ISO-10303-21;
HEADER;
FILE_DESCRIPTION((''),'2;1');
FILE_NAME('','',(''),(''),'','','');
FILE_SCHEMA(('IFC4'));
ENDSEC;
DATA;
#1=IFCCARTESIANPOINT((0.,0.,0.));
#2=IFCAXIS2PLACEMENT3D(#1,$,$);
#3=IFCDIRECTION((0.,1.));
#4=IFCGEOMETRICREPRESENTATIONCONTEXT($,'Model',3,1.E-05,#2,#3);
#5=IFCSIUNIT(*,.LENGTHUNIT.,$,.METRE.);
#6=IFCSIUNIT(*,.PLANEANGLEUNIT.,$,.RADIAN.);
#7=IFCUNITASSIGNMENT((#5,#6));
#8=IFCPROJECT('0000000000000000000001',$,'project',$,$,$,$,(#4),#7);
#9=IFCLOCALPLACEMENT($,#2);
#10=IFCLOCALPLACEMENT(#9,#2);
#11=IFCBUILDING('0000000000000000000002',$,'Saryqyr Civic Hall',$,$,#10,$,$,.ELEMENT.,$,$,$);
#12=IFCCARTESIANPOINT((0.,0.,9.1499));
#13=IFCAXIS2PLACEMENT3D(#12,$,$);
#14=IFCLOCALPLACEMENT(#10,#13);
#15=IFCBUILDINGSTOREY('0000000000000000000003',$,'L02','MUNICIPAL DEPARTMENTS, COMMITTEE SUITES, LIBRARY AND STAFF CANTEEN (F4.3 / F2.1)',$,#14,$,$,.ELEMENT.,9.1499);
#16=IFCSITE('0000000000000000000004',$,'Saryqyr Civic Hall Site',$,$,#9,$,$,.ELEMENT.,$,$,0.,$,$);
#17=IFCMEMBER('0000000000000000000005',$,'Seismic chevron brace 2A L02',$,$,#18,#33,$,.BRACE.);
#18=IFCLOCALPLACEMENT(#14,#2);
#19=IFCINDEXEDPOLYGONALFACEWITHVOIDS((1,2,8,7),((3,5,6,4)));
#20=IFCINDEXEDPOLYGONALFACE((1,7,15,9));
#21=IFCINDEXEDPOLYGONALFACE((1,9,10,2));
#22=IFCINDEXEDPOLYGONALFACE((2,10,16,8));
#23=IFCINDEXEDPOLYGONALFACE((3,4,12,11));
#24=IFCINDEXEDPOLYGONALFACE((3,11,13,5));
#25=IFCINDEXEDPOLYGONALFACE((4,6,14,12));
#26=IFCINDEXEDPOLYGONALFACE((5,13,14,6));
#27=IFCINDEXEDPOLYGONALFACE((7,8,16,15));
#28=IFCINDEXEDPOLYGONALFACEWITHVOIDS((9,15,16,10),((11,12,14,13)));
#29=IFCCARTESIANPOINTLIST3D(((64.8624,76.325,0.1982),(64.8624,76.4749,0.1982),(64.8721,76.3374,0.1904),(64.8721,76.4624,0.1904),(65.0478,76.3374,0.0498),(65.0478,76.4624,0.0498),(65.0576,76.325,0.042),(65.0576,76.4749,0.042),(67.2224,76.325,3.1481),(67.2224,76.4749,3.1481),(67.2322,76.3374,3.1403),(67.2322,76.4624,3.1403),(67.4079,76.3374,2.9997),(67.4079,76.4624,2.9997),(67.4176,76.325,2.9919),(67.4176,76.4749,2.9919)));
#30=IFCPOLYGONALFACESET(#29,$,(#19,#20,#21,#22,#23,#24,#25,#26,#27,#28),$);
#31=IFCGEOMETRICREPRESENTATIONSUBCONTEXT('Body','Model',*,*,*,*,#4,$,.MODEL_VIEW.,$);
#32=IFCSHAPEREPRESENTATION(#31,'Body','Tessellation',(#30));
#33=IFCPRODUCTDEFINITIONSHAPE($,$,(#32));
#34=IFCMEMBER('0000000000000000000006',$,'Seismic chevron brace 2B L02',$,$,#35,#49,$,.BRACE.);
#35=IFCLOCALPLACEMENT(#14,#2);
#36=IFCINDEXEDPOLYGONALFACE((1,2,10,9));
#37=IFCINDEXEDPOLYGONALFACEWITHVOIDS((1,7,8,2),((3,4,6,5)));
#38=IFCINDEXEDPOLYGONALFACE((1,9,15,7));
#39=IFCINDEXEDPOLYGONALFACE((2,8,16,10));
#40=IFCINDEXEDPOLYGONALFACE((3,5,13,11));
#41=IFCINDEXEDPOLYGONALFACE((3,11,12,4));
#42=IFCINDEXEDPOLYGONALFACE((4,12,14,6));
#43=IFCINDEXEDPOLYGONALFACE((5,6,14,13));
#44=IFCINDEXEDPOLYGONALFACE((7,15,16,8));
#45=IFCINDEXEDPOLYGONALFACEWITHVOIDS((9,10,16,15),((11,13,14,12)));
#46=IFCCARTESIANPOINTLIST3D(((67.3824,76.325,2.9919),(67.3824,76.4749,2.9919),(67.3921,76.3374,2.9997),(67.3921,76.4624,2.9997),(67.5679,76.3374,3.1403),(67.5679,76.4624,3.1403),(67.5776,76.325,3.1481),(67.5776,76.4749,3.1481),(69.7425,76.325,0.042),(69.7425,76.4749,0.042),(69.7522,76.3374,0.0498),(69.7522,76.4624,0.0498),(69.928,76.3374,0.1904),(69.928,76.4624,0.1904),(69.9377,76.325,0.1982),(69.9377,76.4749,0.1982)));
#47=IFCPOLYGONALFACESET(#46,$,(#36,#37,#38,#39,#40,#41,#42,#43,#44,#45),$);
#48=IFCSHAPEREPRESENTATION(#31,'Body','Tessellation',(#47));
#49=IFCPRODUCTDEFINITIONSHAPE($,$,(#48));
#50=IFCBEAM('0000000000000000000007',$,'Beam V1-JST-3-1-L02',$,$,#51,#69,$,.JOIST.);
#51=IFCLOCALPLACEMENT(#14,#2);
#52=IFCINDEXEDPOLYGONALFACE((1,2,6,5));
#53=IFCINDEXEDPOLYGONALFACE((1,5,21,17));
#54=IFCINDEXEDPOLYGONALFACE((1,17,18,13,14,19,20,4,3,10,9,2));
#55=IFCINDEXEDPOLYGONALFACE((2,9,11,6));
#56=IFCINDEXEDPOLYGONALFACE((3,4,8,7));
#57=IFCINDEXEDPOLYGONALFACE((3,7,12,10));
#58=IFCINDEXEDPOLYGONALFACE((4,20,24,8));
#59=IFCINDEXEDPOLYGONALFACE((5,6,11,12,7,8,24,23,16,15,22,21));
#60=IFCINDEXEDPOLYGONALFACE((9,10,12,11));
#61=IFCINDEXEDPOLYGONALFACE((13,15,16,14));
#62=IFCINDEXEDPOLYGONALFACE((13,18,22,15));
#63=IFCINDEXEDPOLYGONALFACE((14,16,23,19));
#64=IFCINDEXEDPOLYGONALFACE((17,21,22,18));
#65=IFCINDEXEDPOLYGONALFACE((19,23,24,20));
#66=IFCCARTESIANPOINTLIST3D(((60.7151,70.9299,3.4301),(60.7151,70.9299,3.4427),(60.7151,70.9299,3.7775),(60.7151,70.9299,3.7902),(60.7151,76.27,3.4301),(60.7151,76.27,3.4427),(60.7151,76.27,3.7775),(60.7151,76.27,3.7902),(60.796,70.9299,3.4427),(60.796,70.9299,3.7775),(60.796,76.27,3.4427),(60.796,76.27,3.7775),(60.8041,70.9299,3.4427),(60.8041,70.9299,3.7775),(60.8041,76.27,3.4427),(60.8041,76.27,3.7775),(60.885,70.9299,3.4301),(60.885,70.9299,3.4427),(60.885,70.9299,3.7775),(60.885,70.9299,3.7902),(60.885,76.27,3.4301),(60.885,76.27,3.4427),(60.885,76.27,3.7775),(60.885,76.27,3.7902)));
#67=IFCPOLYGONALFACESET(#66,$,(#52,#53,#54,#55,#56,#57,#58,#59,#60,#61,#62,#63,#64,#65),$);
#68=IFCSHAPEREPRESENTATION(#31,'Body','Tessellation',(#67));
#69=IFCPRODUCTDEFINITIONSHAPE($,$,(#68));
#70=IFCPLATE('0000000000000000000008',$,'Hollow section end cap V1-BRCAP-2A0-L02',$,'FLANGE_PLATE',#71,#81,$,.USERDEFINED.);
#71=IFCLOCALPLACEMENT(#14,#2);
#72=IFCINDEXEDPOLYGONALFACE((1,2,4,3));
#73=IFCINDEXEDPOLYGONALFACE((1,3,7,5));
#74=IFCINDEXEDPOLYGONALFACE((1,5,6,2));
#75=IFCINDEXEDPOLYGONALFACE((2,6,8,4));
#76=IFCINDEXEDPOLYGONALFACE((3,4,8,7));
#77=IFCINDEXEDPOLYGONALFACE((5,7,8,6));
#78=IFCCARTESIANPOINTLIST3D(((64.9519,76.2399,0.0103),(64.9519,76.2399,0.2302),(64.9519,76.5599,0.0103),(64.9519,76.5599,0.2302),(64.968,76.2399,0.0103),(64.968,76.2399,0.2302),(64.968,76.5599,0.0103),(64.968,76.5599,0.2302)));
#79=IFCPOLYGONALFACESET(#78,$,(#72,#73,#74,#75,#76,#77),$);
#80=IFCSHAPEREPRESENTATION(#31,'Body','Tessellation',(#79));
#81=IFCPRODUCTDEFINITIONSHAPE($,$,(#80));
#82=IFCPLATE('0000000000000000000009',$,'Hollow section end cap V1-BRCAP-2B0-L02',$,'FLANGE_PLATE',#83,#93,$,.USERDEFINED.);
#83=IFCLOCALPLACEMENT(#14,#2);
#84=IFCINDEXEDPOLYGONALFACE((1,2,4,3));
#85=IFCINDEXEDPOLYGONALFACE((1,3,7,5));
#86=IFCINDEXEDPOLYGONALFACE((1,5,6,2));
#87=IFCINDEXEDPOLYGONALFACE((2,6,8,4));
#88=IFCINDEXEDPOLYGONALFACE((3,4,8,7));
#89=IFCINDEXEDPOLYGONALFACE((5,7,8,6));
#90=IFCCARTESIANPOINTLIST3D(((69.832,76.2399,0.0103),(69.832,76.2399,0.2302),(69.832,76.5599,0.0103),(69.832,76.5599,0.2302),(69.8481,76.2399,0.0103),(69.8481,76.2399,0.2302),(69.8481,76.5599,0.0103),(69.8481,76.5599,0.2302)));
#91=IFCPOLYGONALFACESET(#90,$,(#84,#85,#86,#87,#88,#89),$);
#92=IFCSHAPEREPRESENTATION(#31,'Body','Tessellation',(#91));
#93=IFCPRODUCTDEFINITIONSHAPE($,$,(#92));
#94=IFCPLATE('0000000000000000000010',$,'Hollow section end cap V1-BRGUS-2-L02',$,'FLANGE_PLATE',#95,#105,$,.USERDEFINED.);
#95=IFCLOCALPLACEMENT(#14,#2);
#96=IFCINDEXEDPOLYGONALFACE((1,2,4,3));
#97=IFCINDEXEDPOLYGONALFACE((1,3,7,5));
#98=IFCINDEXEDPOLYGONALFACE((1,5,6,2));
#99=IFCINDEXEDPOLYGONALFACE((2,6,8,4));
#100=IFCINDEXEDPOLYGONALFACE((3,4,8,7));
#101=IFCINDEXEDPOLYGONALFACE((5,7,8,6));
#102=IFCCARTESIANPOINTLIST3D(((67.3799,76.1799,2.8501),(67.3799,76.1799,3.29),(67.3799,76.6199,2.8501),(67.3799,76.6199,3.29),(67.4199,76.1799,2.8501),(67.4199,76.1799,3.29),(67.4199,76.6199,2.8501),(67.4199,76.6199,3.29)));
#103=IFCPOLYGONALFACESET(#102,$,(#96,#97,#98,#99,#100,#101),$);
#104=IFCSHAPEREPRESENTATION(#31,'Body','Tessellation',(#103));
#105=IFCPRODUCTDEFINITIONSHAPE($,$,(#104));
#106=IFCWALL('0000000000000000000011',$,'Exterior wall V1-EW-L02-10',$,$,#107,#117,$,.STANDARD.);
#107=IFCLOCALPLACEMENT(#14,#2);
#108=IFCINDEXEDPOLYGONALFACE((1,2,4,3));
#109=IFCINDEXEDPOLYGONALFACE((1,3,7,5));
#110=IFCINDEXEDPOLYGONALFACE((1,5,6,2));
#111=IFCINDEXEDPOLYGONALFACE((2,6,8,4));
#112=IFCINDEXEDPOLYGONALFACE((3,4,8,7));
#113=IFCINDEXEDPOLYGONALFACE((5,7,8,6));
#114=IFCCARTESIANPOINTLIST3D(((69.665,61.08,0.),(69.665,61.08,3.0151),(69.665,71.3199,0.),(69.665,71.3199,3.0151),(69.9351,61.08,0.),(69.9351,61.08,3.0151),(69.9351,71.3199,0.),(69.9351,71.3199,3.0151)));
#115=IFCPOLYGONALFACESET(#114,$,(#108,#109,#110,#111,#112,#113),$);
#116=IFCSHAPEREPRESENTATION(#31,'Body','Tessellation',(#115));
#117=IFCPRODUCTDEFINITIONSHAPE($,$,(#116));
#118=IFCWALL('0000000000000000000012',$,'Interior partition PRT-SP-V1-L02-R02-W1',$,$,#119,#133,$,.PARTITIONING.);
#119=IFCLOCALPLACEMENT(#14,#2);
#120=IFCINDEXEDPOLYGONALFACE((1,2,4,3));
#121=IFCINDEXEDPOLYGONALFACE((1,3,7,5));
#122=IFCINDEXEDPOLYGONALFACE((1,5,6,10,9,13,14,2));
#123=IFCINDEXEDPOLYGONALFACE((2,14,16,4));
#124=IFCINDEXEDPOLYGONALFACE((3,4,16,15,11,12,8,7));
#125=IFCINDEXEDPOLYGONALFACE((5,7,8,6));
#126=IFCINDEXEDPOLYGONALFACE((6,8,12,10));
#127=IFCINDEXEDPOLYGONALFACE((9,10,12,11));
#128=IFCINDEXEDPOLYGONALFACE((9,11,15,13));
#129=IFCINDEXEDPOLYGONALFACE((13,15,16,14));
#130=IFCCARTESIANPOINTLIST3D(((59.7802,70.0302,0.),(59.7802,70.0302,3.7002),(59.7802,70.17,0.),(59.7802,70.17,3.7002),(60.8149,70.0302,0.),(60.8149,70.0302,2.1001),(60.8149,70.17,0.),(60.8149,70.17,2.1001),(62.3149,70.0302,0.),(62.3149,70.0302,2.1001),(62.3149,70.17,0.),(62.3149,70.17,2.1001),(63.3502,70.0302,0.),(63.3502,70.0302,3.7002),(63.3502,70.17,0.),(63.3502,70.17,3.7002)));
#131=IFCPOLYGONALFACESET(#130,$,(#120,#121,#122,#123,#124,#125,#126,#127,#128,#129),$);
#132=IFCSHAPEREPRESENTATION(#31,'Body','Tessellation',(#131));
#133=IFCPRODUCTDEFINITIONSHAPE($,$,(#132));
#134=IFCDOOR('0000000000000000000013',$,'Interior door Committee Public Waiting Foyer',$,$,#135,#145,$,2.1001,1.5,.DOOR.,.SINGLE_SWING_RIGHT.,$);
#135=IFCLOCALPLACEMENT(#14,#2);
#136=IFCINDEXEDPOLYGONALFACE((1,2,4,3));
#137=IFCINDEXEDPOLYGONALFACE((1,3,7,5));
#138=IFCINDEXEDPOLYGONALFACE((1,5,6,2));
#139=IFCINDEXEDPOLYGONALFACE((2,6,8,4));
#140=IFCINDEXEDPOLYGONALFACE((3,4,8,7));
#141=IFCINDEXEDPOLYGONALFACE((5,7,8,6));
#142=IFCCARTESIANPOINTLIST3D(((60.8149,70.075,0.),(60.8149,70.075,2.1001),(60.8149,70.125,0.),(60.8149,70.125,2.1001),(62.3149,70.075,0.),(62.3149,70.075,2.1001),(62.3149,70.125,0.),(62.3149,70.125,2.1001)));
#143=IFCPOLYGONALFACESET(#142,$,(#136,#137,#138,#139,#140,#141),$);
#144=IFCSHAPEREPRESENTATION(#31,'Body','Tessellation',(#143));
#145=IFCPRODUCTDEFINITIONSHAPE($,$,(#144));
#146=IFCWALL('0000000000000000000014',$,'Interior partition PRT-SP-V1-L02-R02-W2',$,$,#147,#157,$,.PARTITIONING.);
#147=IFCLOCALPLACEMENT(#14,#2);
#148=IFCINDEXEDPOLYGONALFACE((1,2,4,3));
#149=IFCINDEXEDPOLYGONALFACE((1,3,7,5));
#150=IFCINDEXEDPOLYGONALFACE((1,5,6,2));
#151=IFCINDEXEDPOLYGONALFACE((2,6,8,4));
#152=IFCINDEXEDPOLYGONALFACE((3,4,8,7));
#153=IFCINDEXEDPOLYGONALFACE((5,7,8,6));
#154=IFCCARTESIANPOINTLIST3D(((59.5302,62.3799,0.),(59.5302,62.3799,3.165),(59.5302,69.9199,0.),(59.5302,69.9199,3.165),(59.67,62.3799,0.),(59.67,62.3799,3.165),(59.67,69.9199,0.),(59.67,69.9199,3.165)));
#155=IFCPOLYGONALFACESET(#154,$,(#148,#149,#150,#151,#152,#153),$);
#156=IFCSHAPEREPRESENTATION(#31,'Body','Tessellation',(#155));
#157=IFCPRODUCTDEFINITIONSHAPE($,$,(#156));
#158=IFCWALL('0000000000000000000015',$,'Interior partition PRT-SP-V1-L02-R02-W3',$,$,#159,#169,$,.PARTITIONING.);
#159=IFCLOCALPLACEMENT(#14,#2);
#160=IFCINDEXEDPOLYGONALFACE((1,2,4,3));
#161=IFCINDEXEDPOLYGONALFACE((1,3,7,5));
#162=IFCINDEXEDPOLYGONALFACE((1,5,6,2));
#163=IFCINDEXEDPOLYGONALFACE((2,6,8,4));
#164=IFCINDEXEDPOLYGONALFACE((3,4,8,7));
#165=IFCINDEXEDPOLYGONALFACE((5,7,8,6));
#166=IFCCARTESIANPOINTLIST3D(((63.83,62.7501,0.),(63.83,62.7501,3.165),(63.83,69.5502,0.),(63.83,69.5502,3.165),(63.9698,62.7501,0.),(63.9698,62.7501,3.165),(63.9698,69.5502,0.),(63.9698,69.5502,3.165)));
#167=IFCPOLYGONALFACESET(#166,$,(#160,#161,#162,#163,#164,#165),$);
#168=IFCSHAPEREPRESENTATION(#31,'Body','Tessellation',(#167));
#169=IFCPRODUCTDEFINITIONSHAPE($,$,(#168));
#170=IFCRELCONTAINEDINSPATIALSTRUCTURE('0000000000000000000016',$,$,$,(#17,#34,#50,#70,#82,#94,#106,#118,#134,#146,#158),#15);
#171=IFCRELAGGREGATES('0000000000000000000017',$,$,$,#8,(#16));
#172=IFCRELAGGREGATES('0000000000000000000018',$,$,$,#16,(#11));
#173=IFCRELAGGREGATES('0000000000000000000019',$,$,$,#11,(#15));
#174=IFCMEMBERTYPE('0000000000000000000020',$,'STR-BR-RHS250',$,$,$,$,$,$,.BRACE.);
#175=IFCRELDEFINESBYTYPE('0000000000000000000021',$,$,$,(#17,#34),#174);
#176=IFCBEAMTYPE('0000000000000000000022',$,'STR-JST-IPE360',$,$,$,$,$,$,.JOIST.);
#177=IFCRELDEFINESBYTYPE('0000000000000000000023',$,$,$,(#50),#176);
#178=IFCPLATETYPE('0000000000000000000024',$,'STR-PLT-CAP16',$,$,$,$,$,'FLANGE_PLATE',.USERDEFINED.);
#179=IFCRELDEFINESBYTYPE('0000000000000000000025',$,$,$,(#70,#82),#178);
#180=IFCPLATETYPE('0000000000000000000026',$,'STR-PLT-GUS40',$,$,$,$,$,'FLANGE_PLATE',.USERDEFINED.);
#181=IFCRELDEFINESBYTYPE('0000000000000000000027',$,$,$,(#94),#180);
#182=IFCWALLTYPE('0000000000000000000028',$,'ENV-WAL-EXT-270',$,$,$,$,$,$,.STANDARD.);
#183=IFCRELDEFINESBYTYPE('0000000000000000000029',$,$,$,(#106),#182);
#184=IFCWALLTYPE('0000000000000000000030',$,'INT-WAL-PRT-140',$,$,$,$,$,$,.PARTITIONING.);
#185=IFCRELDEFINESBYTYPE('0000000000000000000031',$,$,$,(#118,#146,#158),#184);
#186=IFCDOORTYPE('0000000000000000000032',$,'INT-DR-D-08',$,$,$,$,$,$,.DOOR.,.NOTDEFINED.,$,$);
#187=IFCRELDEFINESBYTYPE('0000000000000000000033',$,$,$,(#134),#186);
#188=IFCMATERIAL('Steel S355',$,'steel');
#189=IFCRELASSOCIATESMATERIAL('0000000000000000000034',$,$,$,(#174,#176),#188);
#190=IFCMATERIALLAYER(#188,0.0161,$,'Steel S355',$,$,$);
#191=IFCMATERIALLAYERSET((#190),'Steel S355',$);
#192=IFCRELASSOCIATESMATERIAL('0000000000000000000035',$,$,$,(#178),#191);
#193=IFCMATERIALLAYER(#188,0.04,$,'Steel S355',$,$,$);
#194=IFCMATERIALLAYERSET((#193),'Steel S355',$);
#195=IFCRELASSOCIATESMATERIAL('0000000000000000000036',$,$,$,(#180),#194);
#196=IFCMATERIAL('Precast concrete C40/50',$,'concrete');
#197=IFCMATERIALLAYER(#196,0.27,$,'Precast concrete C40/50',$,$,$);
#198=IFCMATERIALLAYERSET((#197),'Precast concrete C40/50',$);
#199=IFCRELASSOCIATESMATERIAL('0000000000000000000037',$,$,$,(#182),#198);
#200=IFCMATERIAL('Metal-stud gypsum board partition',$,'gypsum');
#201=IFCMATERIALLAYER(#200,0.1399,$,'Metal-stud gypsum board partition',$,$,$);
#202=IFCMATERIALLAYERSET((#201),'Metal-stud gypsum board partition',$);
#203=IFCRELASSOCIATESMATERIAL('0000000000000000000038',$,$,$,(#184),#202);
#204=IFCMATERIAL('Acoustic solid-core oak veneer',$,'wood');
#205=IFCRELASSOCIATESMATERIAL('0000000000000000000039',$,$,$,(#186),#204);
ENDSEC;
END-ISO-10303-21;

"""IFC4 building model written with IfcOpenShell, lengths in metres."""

from ifc_helpers import new_model, si_unit, direction, frame, frame_2d, origin, origin_2d, place, context, subcontext, project, spatial, rectangle, hollow_rectangle, i_section, extrude, material, layer, layer_set, material_profile, profile_set, type_object, element, fill, save


model = new_model("IFC4")

# Units and contexts
model_context = context("Model", 3, precision=1e-05, world=origin(), true_north=direction((0.0, 1.0)))
body_context = subcontext(model_context, "Body", "Model", "MODEL_VIEW")
ifc_project = project(units=[si_unit("LENGTHUNIT", "METRE"), si_unit("PLANEANGLEUNIT", "RADIAN")], contexts=[model_context])

# Site, building, storey
site_placement = place(None, origin())
site = spatial("IfcSite", under=ifc_project, at=site_placement, Name="Saryqyr Civic Hall Site", CompositionType="ELEMENT", RefElevation=0.0)
building_placement = place(site_placement, origin())
building = spatial("IfcBuilding", under=site, at=building_placement, Name="Saryqyr Civic Hall", CompositionType="ELEMENT")
storey_placement = place(building_placement, frame((0.0, 0.0, 9.1499)))
storey = spatial("IfcBuildingStorey", under=building, at=storey_placement, Name="L02", Description="MUNICIPAL DEPARTMENTS, COMMITTEE SUITES, LIBRARY AND STAFF CANTEEN (F4.3 / F2.1)", CompositionType="ELEMENT", Elevation=9.1499)

# Members
ifc_material_1 = material(Name="Steel S355", Category="steel")
ifc_material_profile_1 = material_profile(ifc_material_1, hollow_rectangle(XDim=0.1499, YDim=0.25, WallThickness=0.0125, at=origin_2d()), Name="RHS 250x150x12.5")
ifc_profile_set_1 = profile_set([ifc_material_profile_1], Name="Steel S355")
member_type = type_object("IfcMemberType", Name="STR-BR-RHS250", PredefinedType="BRACE", material=ifc_profile_set_1)
for number, where, z_axis, x_axis, name in (
    (1, (64.96, 76.3999, 0.1201), (0.624719, 0.0, 0.78085), (0.0, 1.0, 0.0), "Seismic chevron brace 2A L02"),
    (2, (69.8401, 76.3999, 0.1201), (-0.624719, 0.0, 0.78085), (0.0, -1.0, 0.0), "Seismic chevron brace 2B L02"),
):
    element("IfcMember", number, at=place(storey_placement, frame(where, z_axis=z_axis, x_axis=x_axis)), inside=storey, type_object=member_type, Name=name, PredefinedType="BRACE", context=body_context, shape_type="SweptSolid", body=[
        extrude(hollow_rectangle(XDim=0.1499, YDim=0.25, WallThickness=0.0125, at=origin_2d()), origin(), (0.0, 0.0, 1.0), 3.7778),
    ])

# Beam
ifc_material_profile_2 = material_profile(ifc_material_1, i_section(OverallWidth=0.1699, OverallDepth=0.3601, WebThickness=0.0081, FlangeThickness=0.0127, at=origin_2d()), Name="IPE 360")
ifc_profile_set_2 = profile_set([ifc_material_profile_2], Name="Steel S355")
beam_type_1 = type_object("IfcBeamType", Name="STR-JST-IPE360", PredefinedType="JOIST", material=ifc_profile_set_2)
beam_1_placement = place(storey_placement, frame((60.8, 70.9299, 3.6101), z_axis=(0.0, 1.0, 0.0), x_axis=(-1.0, 0.0, 0.0)))
element("IfcBeam", 3, at=beam_1_placement, inside=storey, type_object=beam_type_1, Name="Beam V1-JST-3-1-L02", PredefinedType="JOIST", context=body_context, shape_type="SweptSolid", body=[
    extrude(i_section(OverallWidth=0.1699, OverallDepth=0.3601, WebThickness=0.0081, FlangeThickness=0.0127, at=origin_2d()), origin(), (0.0, 0.0, 1.0), 5.3401),
])

# Plates
ifc_layer_1 = layer(ifc_material_1, 0.0161, Name="Steel S355")
ifc_layer_set_1 = layer_set([ifc_layer_1], Name="Steel S355")
plate_type_1 = type_object("IfcPlateType", Name="STR-PLT-CAP16", ElementType="FLANGE_PLATE", PredefinedType="USERDEFINED", material=ifc_layer_set_1)
for number, where, z_axis, x_axis, name in (
    (4, (64.96, 76.3999, 0.0103), (0.0, 0.0, 1.0), (1.0, 0.0, 0.0), "Hollow section end cap V1-BRCAP-2A0-L02"),
    (5, (69.8401, 76.3999, 0.0103), (0.0, 0.0, 1.0), (1.0, 0.0, 0.0), "Hollow section end cap V1-BRCAP-2B0-L02"),
):
    element("IfcPlate", number, at=place(storey_placement, frame(where, z_axis=z_axis, x_axis=x_axis)), inside=storey, type_object=plate_type_1, Name=name, ObjectType="FLANGE_PLATE", PredefinedType="USERDEFINED", context=body_context, shape_type="SweptSolid", body=[
        extrude(rectangle(XDim=0.0161, YDim=0.3201, at=origin_2d()), origin(), (0.0, 0.0, 1.0), 0.22),
    ])
ifc_layer_2 = layer(ifc_material_1, 0.04, Name="Steel S355")
ifc_layer_set_2 = layer_set([ifc_layer_2], Name="Steel S355")
plate_type_2 = type_object("IfcPlateType", Name="STR-PLT-GUS40", ElementType="FLANGE_PLATE", PredefinedType="USERDEFINED", material=ifc_layer_set_2)
plate_placement = place(storey_placement, frame((67.3999, 76.3999, 2.8501), z_axis=(0.0, 0.0, 1.0), x_axis=(1.0, 0.0, 0.0)))
element("IfcPlate", 6, at=plate_placement, inside=storey, type_object=plate_type_2, Name="Hollow section end cap V1-BRGUS-2-L02", ObjectType="FLANGE_PLATE", PredefinedType="USERDEFINED", context=body_context, shape_type="SweptSolid", body=[
    extrude(rectangle(XDim=0.04, YDim=0.4399, at=origin_2d()), origin(), (0.0, 0.0, 1.0), 0.4399),
])

# Wall
ifc_material_2 = material(Name="Precast concrete C40/50", Category="concrete")
ifc_layer_3 = layer(ifc_material_2, 0.27, Name="Precast concrete C40/50")
ifc_layer_set_3 = layer_set([ifc_layer_3], Name="Precast concrete C40/50")
wall_type_1 = type_object("IfcWallType", Name="ENV-WAL-EXT-270", PredefinedType="STANDARD", material=ifc_layer_set_3)
wall_1_placement = place(storey_placement, frame((69.8, 71.3201, 0.0), z_axis=(0.0, 0.0, 1.0), x_axis=(0.0, -1.0, 0.0)))
element("IfcWall", 7, at=wall_1_placement, inside=storey, type_object=wall_type_1, Name="Exterior wall V1-EW-L02-10", PredefinedType="STANDARD", context=body_context, shape_type="SweptSolid", body=[
    extrude(rectangle(XDim=10.24, YDim=0.27, at=frame_2d((5.1201, 0.0))), origin(), (0.0, 0.0, 1.0), 3.0151),
])

# Wall, opening, door
ifc_material_3 = material(Name="Metal-stud gypsum board partition", Category="gypsum")
ifc_layer_4 = layer(ifc_material_3, 0.1399, Name="Metal-stud gypsum board partition")
ifc_layer_set_4 = layer_set([ifc_layer_4], Name="Metal-stud gypsum board partition")
wall_type_2 = type_object("IfcWallType", Name="INT-WAL-PRT-140", PredefinedType="PARTITIONING", material=ifc_layer_set_4)
wall_2_placement = place(storey_placement, frame((59.78, 70.1001, 0.0), z_axis=(0.0, 0.0, 1.0), x_axis=(1.0, 0.0, 0.0)))
wall_2 = element("IfcWall", 8, at=wall_2_placement, inside=storey, type_object=wall_type_2, Name="Interior partition PRT-SP-V1-L02-R02-W1", PredefinedType="PARTITIONING", context=body_context, shape_type="SweptSolid", body=[
    extrude(rectangle(XDim=3.5701, YDim=0.1399, at=frame_2d((1.7852, 0.0))), origin(), (0.0, 0.0, 1.0), 3.7002),
])
opening_placement = place(wall_2_placement, frame((1.0349, 0.0, 0.0)))
opening = element("IfcOpeningElement", 9, at=opening_placement, cuts=wall_2, PredefinedType="OPENING", context=body_context, shape_type="SweptSolid", body=[
    extrude(rectangle(XDim=1.5, YDim=2.1001, at=frame_2d((0.75, 1.05))), frame((0.0, 0.0798, 0.0), z_axis=(0.0, -1.0, 0.0), x_axis=(1.0, 0.0, 0.0)), (0.0, 0.0, 1.0), 0.1599),
])
ifc_material_4 = material(Name="Acoustic solid-core oak veneer", Category="wood")
door_type = type_object("IfcDoorType", Name="INT-DR-D-08", OperationType="NOTDEFINED", PredefinedType="DOOR", material=ifc_material_4)
door_placement = place(opening_placement, origin())
door = element("IfcDoor", 10, at=door_placement, inside=storey, type_object=door_type, Name="Interior door Committee Public Waiting Foyer", OperationType="SINGLE_SWING_RIGHT", OverallHeight=2.1001, OverallWidth=1.5, PredefinedType="DOOR", context=body_context, shape_type="SweptSolid", body=[
    extrude(rectangle(XDim=1.5, YDim=2.1001, at=frame_2d((0.75, 1.05))), frame((0.0, 0.0249, 0.0), z_axis=(0.0, -1.0, 0.0), x_axis=(1.0, 0.0, 0.0)), (0.0, 0.0, 1.0), 0.05),
])
fill(opening, door)

# Walls
wall_3_placement = place(storey_placement, frame((59.6001, 62.3799, 0.0), z_axis=(0.0, 0.0, 1.0), x_axis=(0.0, 1.0, 0.0)))
element("IfcWall", 11, at=wall_3_placement, inside=storey, type_object=wall_type_2, Name="Interior partition PRT-SP-V1-L02-R02-W2", PredefinedType="PARTITIONING", context=body_context, shape_type="SweptSolid", body=[
    extrude(rectangle(XDim=7.54, YDim=0.1399, at=frame_2d((3.77, 0.0))), origin(), (0.0, 0.0, 1.0), 3.165),
])
wall_4_placement = place(storey_placement, frame((63.8999, 69.55, 0.0), z_axis=(0.0, 0.0, 1.0), x_axis=(0.0, -1.0, 0.0)))
element("IfcWall", 12, at=wall_4_placement, inside=storey, type_object=wall_type_2, Name="Interior partition PRT-SP-V1-L02-R02-W3", PredefinedType="PARTITIONING", context=body_context, shape_type="SweptSolid", body=[
    extrude(rectangle(XDim=6.8, YDim=0.1399, at=frame_2d((3.3999, 0.0))), origin(), (0.0, 0.0, 1.0), 3.165),
])

save(model, "model.ifc")
